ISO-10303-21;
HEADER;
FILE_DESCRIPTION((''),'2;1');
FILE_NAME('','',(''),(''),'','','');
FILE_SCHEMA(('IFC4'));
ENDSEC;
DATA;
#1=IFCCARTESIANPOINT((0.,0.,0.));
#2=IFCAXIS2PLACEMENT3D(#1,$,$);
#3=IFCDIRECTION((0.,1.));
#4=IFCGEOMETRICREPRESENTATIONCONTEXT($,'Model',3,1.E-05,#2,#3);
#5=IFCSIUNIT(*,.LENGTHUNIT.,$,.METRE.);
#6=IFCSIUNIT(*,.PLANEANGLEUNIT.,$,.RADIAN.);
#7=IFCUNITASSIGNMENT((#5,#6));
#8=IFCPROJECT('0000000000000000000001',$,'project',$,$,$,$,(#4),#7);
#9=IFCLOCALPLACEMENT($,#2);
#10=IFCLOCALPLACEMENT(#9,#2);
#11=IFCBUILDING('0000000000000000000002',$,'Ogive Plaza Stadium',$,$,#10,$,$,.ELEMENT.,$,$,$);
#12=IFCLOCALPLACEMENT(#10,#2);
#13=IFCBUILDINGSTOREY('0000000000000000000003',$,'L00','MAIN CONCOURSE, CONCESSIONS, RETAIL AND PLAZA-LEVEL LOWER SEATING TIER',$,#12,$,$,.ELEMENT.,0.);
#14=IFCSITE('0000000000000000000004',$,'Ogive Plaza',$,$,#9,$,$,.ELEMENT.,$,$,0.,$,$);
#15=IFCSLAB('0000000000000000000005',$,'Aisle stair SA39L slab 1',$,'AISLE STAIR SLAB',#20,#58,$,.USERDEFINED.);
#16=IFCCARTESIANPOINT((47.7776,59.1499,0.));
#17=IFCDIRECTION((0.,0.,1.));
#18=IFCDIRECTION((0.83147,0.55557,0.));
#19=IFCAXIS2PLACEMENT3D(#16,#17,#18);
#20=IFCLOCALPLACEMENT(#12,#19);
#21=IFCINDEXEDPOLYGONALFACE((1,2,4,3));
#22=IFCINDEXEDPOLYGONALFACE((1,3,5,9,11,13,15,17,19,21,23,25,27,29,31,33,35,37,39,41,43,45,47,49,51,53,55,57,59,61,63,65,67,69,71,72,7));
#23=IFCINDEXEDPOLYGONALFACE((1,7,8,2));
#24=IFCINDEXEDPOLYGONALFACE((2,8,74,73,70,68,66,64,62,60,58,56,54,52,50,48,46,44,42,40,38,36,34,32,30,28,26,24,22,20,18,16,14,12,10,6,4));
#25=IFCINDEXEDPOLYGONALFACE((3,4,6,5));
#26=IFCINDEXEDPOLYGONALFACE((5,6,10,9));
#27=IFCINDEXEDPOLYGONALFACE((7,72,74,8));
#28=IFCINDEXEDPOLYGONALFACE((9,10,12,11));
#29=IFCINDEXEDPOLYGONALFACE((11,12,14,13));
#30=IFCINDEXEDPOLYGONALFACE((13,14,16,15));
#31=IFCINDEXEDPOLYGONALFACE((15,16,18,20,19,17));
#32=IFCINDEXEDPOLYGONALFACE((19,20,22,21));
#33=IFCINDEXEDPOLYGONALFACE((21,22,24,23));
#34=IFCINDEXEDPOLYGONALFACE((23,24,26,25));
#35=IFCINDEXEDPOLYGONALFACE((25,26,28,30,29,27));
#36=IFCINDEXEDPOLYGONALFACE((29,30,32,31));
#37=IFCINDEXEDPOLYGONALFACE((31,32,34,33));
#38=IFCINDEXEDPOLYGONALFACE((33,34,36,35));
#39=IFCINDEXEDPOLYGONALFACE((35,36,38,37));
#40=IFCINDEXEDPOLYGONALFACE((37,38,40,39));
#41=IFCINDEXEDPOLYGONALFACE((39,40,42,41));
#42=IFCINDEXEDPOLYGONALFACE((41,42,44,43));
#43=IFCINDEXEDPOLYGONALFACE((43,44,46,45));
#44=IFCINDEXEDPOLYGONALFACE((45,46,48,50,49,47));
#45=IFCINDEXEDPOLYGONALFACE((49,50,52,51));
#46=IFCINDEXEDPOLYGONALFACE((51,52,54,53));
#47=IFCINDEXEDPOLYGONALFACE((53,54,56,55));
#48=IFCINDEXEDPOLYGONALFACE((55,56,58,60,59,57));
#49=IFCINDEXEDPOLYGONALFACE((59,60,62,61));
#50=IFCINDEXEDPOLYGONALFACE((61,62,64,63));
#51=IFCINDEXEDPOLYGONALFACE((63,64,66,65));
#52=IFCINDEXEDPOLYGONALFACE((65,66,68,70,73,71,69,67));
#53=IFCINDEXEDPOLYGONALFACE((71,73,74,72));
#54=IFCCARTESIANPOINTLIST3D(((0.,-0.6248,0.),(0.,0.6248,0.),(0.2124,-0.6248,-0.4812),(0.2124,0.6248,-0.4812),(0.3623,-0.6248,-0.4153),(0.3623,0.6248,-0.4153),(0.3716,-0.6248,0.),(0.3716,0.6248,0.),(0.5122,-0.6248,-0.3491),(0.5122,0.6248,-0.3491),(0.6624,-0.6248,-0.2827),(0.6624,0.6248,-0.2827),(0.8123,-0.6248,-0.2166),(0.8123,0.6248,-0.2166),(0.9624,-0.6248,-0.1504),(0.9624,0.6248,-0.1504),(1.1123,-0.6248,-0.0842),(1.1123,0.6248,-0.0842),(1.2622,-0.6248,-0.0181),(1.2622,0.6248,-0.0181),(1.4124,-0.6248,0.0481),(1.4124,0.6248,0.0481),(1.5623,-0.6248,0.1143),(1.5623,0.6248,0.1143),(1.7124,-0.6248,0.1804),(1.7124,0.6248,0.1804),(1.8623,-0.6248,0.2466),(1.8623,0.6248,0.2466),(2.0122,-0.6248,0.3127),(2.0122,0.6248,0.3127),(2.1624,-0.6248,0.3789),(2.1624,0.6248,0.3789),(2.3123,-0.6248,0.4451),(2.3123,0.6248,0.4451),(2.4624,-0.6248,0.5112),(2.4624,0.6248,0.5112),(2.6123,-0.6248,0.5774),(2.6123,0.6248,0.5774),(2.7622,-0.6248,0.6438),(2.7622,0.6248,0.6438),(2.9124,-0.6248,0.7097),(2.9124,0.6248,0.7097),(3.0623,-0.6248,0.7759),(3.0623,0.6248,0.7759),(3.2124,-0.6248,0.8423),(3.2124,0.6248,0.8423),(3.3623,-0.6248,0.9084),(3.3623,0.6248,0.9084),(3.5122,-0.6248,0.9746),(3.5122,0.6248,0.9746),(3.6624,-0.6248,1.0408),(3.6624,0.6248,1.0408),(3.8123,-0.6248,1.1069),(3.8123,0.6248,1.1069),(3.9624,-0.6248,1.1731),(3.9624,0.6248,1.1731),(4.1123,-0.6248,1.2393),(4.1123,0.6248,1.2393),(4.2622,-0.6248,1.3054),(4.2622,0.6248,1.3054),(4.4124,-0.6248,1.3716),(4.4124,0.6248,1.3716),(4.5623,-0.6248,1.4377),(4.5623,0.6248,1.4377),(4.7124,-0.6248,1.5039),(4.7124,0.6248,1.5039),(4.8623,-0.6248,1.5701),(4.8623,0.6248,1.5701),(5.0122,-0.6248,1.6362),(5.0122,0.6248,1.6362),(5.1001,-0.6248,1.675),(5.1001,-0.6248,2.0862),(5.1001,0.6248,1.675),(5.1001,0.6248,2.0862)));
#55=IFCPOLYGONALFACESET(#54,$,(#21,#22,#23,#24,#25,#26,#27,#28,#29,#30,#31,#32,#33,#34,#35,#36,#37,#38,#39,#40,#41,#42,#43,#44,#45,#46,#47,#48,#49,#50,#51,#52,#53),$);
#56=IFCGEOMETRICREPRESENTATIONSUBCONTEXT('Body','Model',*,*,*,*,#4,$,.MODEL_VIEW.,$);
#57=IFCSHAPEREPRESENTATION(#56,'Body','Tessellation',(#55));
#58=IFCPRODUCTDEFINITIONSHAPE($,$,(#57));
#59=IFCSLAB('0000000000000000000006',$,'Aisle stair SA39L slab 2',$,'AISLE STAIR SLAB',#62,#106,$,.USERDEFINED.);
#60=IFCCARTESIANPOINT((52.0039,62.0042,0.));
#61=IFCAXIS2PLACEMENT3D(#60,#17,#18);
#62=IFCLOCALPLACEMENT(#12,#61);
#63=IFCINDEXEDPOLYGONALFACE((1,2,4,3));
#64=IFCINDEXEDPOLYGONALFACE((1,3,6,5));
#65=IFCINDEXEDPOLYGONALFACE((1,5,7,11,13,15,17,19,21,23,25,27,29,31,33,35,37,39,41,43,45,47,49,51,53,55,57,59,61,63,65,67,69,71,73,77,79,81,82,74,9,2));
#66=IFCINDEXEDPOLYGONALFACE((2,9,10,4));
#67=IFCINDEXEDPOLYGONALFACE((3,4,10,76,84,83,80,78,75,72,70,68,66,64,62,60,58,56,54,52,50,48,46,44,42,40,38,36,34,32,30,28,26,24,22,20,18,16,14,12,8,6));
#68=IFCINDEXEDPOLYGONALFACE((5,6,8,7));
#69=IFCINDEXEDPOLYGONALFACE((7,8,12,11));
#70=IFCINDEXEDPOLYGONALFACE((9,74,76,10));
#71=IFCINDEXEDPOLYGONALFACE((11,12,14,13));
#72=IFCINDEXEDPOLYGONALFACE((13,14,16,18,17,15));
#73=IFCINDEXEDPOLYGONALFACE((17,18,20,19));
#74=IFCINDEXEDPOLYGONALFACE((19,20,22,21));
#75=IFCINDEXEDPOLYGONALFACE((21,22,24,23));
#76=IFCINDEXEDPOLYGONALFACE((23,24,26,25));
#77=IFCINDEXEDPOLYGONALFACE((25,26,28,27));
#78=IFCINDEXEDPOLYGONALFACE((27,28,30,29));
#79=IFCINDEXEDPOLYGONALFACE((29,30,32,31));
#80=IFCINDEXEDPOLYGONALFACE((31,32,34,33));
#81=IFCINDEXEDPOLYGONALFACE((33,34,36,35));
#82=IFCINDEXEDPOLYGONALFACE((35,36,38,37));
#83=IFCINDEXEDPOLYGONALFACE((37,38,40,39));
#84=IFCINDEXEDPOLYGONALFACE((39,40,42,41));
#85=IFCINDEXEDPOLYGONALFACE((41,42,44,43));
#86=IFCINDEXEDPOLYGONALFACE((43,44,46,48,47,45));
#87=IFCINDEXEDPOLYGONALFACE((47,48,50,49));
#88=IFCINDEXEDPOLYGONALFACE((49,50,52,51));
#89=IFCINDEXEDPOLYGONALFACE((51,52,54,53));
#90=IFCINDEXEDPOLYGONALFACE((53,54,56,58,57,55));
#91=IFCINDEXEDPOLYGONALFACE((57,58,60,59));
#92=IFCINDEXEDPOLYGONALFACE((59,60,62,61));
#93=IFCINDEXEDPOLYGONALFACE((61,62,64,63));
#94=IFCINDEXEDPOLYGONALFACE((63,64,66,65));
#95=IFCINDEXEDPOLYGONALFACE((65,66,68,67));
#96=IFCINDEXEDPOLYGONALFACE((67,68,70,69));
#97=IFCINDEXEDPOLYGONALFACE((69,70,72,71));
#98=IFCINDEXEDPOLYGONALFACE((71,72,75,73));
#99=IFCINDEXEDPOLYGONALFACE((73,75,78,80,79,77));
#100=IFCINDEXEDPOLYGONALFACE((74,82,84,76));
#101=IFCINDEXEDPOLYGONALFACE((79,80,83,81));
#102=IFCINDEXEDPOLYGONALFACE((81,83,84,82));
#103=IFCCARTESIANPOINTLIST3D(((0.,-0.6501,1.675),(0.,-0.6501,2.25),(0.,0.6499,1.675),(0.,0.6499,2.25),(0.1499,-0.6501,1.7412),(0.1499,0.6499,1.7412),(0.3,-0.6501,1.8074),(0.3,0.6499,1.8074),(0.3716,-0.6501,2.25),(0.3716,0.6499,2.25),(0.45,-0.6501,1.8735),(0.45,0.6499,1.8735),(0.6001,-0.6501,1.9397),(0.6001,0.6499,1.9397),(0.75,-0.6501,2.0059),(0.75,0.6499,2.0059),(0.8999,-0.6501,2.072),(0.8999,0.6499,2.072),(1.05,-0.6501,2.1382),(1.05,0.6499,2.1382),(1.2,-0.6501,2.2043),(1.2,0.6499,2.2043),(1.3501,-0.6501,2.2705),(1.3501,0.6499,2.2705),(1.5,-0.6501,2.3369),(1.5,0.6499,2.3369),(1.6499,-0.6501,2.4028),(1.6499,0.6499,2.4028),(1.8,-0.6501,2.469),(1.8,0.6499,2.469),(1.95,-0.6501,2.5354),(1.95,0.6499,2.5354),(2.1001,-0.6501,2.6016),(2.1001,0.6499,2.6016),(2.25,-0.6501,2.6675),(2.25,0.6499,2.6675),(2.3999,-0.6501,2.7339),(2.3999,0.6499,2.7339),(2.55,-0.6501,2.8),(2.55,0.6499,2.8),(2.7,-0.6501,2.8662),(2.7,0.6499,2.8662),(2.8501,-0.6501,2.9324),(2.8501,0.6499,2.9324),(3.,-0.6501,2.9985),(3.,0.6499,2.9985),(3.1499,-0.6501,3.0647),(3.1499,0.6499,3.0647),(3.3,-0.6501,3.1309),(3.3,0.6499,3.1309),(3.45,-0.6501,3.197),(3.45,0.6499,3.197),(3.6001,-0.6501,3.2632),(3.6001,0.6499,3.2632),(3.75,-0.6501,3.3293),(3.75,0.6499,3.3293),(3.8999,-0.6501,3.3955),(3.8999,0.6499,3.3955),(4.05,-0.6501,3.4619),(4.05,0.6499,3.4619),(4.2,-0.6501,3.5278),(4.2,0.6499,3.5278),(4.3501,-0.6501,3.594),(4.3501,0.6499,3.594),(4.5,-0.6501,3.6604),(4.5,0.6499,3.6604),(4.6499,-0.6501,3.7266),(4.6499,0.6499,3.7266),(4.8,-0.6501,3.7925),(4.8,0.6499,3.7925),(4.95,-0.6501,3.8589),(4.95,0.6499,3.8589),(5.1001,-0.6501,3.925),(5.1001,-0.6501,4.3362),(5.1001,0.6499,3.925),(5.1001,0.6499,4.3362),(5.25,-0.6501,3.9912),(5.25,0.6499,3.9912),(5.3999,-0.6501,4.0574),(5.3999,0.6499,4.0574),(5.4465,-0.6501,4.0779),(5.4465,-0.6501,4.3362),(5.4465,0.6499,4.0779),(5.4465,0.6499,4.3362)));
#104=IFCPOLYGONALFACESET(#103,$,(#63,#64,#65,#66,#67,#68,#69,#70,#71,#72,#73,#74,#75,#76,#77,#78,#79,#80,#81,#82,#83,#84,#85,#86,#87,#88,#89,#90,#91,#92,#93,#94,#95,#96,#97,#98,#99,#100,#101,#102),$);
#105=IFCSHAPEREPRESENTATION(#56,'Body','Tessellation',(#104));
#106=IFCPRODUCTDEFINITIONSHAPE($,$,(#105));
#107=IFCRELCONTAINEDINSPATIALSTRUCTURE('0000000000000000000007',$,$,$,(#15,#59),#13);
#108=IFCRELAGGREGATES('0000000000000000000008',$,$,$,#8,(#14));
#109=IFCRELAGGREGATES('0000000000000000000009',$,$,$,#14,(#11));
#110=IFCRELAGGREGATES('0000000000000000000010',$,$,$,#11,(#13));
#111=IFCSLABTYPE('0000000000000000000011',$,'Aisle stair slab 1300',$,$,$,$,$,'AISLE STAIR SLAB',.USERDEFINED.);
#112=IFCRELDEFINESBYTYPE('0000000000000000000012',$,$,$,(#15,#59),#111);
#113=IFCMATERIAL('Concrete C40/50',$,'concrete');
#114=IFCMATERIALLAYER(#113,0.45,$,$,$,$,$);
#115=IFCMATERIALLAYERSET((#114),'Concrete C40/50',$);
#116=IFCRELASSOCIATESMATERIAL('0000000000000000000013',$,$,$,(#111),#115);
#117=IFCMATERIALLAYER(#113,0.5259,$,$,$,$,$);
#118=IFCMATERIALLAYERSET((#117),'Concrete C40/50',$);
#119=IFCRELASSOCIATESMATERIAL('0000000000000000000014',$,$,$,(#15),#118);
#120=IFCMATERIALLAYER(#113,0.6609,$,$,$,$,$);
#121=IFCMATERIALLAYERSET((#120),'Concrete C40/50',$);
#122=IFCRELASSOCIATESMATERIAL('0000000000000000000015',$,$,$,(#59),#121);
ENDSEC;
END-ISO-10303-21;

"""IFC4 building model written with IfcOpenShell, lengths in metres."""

from ifc_helpers import new_model, si_unit, direction, frame, origin, place, context, subcontext, project, spatial, polyline, outline, extrude, material, layer, layer_set, type_object, element, save


model = new_model("IFC4")

# Units and contexts
model_context = context("Model", 3, precision=1e-05, world=origin(), true_north=direction((0.0, 1.0)))
body_context = subcontext(model_context, "Body", "Model", "MODEL_VIEW")
ifc_project = project(units=[si_unit("LENGTHUNIT", "METRE"), si_unit("PLANEANGLEUNIT", "RADIAN")], contexts=[model_context])

# Site, building, storey
site_placement = place(None, origin())
site = spatial("IfcSite", under=ifc_project, at=site_placement, Name="Ogive Plaza", CompositionType="ELEMENT", RefElevation=0.0)
building_placement = place(site_placement, origin())
building = spatial("IfcBuilding", under=site, at=building_placement, Name="Ogive Plaza Stadium", CompositionType="ELEMENT")
storey_placement = place(building_placement, origin())
storey = spatial("IfcBuildingStorey", under=building, at=storey_placement, Name="L00", Description="MAIN CONCOURSE, CONCESSIONS, RETAIL AND PLAZA-LEVEL LOWER SEATING TIER", CompositionType="ELEMENT", Elevation=0.0)

# Slabs
ifc_material_1 = material(Name="Concrete C40/50", Category="concrete")
ifc_layer_1 = layer(ifc_material_1, 0.5259)
ifc_layer_set_1 = layer_set([ifc_layer_1], Name="Concrete C40/50")
ifc_layer_2 = layer(ifc_material_1, 0.45)
ifc_layer_set_2 = layer_set([ifc_layer_2], Name="Concrete C40/50")
slab_type = type_object("IfcSlabType", Name="Aisle stair slab 1300", ElementType="AISLE STAIR SLAB", PredefinedType="USERDEFINED", material=ifc_layer_set_2)
slab_1_placement = place(storey_placement, frame((47.7776, 59.1499, 0.0), z_axis=(0.0, 0.0, 1.0), x_axis=(0.83147, 0.55557, 0.0)))
element("IfcSlab", 1, at=slab_1_placement, inside=storey, type_object=slab_type, material=ifc_layer_set_1, Name="Aisle stair SA39L slab 1", ObjectType="AISLE STAIR SLAB", PredefinedType="USERDEFINED", context=body_context, shape_type="SweptSolid", body=[
    extrude(outline(polyline([(0.0, 0.0), (0.3716, 0.0), (5.1001, 2.0862), (5.1001, 1.675), (5.0122, 1.6362), (4.8623, 1.5701), (4.7124, 1.5039), (4.5623, 1.4377), (4.4124, 1.3716), (4.2622, 1.3054), (4.1123, 1.2393), (3.9624, 1.1731), (3.8123, 1.1069), (3.6624, 1.0408), (3.5122, 0.9746), (3.3623, 0.9084), (3.2124, 0.8423), (3.0623, 0.7759), (2.9124, 0.7097), (2.7622, 0.6438), (2.6123, 0.5774), (2.4624, 0.5112), (2.3123, 0.4451), (2.1624, 0.3789), (2.0122, 0.3127), (1.8623, 0.2466), (1.7124, 0.1804), (1.5623, 0.1143), (1.4124, 0.0481), (1.2622, -0.0181), (1.1123, -0.0842), (0.9624, -0.1504), (0.8123, -0.2166), (0.6624, -0.2827), (0.5122, -0.3491), (0.3623, -0.4153), (0.2124, -0.4812), (0.0, 0.0)])), frame((0.0, 0.6248, 0.0), z_axis=(0.0, -1.0, 0.0), x_axis=(1.0, 0.0, 0.0)), (0.0, 0.0, 1.0), 1.2495),
])
ifc_layer_3 = layer(ifc_material_1, 0.6609)
ifc_layer_set_3 = layer_set([ifc_layer_3], Name="Concrete C40/50")
slab_2_placement = place(storey_placement, frame((52.0039, 62.0042, 0.0), z_axis=(0.0, 0.0, 1.0), x_axis=(0.83147, 0.55557, 0.0)))
element("IfcSlab", 2, at=slab_2_placement, inside=storey, type_object=slab_type, material=ifc_layer_set_3, Name="Aisle stair SA39L slab 2", ObjectType="AISLE STAIR SLAB", PredefinedType="USERDEFINED", context=body_context, shape_type="SweptSolid", body=[
    extrude(outline(polyline([(0.0, 2.25), (0.3716, 2.25), (5.1001, 4.3362), (5.4465, 4.3362), (5.4465, 4.0779), (5.3999, 4.0574), (5.25, 3.9912), (5.1001, 3.925), (4.95, 3.8589), (4.8, 3.7925), (4.6499, 3.7266), (4.5, 3.6604), (4.3501, 3.594), (4.2, 3.5278), (4.05, 3.4619), (3.8999, 3.3955), (3.75, 3.3293), (3.6001, 3.2632), (3.45, 3.197), (3.3, 3.1309), (3.1499, 3.0647), (3.0, 2.9985), (2.8501, 2.9324), (2.7, 2.8662), (2.55, 2.8), (2.3999, 2.7339), (2.25, 2.6675), (2.1001, 2.6016), (1.95, 2.5354), (1.8, 2.469), (1.6499, 2.4028), (1.5, 2.3369), (1.3501, 2.2705), (1.2, 2.2043), (1.05, 2.1382), (0.8999, 2.072), (0.75, 2.0059), (0.6001, 1.9397), (0.45, 1.8735), (0.3, 1.8074), (0.1499, 1.7412), (0.0, 1.675), (0.0, 2.25)])), frame((0.0, 0.6499, 0.0), z_axis=(0.0, -1.0, 0.0), x_axis=(1.0, 0.0, 0.0)), (0.0, 0.0, 1.0), 1.3),
])

save(model, "model.ifc")
